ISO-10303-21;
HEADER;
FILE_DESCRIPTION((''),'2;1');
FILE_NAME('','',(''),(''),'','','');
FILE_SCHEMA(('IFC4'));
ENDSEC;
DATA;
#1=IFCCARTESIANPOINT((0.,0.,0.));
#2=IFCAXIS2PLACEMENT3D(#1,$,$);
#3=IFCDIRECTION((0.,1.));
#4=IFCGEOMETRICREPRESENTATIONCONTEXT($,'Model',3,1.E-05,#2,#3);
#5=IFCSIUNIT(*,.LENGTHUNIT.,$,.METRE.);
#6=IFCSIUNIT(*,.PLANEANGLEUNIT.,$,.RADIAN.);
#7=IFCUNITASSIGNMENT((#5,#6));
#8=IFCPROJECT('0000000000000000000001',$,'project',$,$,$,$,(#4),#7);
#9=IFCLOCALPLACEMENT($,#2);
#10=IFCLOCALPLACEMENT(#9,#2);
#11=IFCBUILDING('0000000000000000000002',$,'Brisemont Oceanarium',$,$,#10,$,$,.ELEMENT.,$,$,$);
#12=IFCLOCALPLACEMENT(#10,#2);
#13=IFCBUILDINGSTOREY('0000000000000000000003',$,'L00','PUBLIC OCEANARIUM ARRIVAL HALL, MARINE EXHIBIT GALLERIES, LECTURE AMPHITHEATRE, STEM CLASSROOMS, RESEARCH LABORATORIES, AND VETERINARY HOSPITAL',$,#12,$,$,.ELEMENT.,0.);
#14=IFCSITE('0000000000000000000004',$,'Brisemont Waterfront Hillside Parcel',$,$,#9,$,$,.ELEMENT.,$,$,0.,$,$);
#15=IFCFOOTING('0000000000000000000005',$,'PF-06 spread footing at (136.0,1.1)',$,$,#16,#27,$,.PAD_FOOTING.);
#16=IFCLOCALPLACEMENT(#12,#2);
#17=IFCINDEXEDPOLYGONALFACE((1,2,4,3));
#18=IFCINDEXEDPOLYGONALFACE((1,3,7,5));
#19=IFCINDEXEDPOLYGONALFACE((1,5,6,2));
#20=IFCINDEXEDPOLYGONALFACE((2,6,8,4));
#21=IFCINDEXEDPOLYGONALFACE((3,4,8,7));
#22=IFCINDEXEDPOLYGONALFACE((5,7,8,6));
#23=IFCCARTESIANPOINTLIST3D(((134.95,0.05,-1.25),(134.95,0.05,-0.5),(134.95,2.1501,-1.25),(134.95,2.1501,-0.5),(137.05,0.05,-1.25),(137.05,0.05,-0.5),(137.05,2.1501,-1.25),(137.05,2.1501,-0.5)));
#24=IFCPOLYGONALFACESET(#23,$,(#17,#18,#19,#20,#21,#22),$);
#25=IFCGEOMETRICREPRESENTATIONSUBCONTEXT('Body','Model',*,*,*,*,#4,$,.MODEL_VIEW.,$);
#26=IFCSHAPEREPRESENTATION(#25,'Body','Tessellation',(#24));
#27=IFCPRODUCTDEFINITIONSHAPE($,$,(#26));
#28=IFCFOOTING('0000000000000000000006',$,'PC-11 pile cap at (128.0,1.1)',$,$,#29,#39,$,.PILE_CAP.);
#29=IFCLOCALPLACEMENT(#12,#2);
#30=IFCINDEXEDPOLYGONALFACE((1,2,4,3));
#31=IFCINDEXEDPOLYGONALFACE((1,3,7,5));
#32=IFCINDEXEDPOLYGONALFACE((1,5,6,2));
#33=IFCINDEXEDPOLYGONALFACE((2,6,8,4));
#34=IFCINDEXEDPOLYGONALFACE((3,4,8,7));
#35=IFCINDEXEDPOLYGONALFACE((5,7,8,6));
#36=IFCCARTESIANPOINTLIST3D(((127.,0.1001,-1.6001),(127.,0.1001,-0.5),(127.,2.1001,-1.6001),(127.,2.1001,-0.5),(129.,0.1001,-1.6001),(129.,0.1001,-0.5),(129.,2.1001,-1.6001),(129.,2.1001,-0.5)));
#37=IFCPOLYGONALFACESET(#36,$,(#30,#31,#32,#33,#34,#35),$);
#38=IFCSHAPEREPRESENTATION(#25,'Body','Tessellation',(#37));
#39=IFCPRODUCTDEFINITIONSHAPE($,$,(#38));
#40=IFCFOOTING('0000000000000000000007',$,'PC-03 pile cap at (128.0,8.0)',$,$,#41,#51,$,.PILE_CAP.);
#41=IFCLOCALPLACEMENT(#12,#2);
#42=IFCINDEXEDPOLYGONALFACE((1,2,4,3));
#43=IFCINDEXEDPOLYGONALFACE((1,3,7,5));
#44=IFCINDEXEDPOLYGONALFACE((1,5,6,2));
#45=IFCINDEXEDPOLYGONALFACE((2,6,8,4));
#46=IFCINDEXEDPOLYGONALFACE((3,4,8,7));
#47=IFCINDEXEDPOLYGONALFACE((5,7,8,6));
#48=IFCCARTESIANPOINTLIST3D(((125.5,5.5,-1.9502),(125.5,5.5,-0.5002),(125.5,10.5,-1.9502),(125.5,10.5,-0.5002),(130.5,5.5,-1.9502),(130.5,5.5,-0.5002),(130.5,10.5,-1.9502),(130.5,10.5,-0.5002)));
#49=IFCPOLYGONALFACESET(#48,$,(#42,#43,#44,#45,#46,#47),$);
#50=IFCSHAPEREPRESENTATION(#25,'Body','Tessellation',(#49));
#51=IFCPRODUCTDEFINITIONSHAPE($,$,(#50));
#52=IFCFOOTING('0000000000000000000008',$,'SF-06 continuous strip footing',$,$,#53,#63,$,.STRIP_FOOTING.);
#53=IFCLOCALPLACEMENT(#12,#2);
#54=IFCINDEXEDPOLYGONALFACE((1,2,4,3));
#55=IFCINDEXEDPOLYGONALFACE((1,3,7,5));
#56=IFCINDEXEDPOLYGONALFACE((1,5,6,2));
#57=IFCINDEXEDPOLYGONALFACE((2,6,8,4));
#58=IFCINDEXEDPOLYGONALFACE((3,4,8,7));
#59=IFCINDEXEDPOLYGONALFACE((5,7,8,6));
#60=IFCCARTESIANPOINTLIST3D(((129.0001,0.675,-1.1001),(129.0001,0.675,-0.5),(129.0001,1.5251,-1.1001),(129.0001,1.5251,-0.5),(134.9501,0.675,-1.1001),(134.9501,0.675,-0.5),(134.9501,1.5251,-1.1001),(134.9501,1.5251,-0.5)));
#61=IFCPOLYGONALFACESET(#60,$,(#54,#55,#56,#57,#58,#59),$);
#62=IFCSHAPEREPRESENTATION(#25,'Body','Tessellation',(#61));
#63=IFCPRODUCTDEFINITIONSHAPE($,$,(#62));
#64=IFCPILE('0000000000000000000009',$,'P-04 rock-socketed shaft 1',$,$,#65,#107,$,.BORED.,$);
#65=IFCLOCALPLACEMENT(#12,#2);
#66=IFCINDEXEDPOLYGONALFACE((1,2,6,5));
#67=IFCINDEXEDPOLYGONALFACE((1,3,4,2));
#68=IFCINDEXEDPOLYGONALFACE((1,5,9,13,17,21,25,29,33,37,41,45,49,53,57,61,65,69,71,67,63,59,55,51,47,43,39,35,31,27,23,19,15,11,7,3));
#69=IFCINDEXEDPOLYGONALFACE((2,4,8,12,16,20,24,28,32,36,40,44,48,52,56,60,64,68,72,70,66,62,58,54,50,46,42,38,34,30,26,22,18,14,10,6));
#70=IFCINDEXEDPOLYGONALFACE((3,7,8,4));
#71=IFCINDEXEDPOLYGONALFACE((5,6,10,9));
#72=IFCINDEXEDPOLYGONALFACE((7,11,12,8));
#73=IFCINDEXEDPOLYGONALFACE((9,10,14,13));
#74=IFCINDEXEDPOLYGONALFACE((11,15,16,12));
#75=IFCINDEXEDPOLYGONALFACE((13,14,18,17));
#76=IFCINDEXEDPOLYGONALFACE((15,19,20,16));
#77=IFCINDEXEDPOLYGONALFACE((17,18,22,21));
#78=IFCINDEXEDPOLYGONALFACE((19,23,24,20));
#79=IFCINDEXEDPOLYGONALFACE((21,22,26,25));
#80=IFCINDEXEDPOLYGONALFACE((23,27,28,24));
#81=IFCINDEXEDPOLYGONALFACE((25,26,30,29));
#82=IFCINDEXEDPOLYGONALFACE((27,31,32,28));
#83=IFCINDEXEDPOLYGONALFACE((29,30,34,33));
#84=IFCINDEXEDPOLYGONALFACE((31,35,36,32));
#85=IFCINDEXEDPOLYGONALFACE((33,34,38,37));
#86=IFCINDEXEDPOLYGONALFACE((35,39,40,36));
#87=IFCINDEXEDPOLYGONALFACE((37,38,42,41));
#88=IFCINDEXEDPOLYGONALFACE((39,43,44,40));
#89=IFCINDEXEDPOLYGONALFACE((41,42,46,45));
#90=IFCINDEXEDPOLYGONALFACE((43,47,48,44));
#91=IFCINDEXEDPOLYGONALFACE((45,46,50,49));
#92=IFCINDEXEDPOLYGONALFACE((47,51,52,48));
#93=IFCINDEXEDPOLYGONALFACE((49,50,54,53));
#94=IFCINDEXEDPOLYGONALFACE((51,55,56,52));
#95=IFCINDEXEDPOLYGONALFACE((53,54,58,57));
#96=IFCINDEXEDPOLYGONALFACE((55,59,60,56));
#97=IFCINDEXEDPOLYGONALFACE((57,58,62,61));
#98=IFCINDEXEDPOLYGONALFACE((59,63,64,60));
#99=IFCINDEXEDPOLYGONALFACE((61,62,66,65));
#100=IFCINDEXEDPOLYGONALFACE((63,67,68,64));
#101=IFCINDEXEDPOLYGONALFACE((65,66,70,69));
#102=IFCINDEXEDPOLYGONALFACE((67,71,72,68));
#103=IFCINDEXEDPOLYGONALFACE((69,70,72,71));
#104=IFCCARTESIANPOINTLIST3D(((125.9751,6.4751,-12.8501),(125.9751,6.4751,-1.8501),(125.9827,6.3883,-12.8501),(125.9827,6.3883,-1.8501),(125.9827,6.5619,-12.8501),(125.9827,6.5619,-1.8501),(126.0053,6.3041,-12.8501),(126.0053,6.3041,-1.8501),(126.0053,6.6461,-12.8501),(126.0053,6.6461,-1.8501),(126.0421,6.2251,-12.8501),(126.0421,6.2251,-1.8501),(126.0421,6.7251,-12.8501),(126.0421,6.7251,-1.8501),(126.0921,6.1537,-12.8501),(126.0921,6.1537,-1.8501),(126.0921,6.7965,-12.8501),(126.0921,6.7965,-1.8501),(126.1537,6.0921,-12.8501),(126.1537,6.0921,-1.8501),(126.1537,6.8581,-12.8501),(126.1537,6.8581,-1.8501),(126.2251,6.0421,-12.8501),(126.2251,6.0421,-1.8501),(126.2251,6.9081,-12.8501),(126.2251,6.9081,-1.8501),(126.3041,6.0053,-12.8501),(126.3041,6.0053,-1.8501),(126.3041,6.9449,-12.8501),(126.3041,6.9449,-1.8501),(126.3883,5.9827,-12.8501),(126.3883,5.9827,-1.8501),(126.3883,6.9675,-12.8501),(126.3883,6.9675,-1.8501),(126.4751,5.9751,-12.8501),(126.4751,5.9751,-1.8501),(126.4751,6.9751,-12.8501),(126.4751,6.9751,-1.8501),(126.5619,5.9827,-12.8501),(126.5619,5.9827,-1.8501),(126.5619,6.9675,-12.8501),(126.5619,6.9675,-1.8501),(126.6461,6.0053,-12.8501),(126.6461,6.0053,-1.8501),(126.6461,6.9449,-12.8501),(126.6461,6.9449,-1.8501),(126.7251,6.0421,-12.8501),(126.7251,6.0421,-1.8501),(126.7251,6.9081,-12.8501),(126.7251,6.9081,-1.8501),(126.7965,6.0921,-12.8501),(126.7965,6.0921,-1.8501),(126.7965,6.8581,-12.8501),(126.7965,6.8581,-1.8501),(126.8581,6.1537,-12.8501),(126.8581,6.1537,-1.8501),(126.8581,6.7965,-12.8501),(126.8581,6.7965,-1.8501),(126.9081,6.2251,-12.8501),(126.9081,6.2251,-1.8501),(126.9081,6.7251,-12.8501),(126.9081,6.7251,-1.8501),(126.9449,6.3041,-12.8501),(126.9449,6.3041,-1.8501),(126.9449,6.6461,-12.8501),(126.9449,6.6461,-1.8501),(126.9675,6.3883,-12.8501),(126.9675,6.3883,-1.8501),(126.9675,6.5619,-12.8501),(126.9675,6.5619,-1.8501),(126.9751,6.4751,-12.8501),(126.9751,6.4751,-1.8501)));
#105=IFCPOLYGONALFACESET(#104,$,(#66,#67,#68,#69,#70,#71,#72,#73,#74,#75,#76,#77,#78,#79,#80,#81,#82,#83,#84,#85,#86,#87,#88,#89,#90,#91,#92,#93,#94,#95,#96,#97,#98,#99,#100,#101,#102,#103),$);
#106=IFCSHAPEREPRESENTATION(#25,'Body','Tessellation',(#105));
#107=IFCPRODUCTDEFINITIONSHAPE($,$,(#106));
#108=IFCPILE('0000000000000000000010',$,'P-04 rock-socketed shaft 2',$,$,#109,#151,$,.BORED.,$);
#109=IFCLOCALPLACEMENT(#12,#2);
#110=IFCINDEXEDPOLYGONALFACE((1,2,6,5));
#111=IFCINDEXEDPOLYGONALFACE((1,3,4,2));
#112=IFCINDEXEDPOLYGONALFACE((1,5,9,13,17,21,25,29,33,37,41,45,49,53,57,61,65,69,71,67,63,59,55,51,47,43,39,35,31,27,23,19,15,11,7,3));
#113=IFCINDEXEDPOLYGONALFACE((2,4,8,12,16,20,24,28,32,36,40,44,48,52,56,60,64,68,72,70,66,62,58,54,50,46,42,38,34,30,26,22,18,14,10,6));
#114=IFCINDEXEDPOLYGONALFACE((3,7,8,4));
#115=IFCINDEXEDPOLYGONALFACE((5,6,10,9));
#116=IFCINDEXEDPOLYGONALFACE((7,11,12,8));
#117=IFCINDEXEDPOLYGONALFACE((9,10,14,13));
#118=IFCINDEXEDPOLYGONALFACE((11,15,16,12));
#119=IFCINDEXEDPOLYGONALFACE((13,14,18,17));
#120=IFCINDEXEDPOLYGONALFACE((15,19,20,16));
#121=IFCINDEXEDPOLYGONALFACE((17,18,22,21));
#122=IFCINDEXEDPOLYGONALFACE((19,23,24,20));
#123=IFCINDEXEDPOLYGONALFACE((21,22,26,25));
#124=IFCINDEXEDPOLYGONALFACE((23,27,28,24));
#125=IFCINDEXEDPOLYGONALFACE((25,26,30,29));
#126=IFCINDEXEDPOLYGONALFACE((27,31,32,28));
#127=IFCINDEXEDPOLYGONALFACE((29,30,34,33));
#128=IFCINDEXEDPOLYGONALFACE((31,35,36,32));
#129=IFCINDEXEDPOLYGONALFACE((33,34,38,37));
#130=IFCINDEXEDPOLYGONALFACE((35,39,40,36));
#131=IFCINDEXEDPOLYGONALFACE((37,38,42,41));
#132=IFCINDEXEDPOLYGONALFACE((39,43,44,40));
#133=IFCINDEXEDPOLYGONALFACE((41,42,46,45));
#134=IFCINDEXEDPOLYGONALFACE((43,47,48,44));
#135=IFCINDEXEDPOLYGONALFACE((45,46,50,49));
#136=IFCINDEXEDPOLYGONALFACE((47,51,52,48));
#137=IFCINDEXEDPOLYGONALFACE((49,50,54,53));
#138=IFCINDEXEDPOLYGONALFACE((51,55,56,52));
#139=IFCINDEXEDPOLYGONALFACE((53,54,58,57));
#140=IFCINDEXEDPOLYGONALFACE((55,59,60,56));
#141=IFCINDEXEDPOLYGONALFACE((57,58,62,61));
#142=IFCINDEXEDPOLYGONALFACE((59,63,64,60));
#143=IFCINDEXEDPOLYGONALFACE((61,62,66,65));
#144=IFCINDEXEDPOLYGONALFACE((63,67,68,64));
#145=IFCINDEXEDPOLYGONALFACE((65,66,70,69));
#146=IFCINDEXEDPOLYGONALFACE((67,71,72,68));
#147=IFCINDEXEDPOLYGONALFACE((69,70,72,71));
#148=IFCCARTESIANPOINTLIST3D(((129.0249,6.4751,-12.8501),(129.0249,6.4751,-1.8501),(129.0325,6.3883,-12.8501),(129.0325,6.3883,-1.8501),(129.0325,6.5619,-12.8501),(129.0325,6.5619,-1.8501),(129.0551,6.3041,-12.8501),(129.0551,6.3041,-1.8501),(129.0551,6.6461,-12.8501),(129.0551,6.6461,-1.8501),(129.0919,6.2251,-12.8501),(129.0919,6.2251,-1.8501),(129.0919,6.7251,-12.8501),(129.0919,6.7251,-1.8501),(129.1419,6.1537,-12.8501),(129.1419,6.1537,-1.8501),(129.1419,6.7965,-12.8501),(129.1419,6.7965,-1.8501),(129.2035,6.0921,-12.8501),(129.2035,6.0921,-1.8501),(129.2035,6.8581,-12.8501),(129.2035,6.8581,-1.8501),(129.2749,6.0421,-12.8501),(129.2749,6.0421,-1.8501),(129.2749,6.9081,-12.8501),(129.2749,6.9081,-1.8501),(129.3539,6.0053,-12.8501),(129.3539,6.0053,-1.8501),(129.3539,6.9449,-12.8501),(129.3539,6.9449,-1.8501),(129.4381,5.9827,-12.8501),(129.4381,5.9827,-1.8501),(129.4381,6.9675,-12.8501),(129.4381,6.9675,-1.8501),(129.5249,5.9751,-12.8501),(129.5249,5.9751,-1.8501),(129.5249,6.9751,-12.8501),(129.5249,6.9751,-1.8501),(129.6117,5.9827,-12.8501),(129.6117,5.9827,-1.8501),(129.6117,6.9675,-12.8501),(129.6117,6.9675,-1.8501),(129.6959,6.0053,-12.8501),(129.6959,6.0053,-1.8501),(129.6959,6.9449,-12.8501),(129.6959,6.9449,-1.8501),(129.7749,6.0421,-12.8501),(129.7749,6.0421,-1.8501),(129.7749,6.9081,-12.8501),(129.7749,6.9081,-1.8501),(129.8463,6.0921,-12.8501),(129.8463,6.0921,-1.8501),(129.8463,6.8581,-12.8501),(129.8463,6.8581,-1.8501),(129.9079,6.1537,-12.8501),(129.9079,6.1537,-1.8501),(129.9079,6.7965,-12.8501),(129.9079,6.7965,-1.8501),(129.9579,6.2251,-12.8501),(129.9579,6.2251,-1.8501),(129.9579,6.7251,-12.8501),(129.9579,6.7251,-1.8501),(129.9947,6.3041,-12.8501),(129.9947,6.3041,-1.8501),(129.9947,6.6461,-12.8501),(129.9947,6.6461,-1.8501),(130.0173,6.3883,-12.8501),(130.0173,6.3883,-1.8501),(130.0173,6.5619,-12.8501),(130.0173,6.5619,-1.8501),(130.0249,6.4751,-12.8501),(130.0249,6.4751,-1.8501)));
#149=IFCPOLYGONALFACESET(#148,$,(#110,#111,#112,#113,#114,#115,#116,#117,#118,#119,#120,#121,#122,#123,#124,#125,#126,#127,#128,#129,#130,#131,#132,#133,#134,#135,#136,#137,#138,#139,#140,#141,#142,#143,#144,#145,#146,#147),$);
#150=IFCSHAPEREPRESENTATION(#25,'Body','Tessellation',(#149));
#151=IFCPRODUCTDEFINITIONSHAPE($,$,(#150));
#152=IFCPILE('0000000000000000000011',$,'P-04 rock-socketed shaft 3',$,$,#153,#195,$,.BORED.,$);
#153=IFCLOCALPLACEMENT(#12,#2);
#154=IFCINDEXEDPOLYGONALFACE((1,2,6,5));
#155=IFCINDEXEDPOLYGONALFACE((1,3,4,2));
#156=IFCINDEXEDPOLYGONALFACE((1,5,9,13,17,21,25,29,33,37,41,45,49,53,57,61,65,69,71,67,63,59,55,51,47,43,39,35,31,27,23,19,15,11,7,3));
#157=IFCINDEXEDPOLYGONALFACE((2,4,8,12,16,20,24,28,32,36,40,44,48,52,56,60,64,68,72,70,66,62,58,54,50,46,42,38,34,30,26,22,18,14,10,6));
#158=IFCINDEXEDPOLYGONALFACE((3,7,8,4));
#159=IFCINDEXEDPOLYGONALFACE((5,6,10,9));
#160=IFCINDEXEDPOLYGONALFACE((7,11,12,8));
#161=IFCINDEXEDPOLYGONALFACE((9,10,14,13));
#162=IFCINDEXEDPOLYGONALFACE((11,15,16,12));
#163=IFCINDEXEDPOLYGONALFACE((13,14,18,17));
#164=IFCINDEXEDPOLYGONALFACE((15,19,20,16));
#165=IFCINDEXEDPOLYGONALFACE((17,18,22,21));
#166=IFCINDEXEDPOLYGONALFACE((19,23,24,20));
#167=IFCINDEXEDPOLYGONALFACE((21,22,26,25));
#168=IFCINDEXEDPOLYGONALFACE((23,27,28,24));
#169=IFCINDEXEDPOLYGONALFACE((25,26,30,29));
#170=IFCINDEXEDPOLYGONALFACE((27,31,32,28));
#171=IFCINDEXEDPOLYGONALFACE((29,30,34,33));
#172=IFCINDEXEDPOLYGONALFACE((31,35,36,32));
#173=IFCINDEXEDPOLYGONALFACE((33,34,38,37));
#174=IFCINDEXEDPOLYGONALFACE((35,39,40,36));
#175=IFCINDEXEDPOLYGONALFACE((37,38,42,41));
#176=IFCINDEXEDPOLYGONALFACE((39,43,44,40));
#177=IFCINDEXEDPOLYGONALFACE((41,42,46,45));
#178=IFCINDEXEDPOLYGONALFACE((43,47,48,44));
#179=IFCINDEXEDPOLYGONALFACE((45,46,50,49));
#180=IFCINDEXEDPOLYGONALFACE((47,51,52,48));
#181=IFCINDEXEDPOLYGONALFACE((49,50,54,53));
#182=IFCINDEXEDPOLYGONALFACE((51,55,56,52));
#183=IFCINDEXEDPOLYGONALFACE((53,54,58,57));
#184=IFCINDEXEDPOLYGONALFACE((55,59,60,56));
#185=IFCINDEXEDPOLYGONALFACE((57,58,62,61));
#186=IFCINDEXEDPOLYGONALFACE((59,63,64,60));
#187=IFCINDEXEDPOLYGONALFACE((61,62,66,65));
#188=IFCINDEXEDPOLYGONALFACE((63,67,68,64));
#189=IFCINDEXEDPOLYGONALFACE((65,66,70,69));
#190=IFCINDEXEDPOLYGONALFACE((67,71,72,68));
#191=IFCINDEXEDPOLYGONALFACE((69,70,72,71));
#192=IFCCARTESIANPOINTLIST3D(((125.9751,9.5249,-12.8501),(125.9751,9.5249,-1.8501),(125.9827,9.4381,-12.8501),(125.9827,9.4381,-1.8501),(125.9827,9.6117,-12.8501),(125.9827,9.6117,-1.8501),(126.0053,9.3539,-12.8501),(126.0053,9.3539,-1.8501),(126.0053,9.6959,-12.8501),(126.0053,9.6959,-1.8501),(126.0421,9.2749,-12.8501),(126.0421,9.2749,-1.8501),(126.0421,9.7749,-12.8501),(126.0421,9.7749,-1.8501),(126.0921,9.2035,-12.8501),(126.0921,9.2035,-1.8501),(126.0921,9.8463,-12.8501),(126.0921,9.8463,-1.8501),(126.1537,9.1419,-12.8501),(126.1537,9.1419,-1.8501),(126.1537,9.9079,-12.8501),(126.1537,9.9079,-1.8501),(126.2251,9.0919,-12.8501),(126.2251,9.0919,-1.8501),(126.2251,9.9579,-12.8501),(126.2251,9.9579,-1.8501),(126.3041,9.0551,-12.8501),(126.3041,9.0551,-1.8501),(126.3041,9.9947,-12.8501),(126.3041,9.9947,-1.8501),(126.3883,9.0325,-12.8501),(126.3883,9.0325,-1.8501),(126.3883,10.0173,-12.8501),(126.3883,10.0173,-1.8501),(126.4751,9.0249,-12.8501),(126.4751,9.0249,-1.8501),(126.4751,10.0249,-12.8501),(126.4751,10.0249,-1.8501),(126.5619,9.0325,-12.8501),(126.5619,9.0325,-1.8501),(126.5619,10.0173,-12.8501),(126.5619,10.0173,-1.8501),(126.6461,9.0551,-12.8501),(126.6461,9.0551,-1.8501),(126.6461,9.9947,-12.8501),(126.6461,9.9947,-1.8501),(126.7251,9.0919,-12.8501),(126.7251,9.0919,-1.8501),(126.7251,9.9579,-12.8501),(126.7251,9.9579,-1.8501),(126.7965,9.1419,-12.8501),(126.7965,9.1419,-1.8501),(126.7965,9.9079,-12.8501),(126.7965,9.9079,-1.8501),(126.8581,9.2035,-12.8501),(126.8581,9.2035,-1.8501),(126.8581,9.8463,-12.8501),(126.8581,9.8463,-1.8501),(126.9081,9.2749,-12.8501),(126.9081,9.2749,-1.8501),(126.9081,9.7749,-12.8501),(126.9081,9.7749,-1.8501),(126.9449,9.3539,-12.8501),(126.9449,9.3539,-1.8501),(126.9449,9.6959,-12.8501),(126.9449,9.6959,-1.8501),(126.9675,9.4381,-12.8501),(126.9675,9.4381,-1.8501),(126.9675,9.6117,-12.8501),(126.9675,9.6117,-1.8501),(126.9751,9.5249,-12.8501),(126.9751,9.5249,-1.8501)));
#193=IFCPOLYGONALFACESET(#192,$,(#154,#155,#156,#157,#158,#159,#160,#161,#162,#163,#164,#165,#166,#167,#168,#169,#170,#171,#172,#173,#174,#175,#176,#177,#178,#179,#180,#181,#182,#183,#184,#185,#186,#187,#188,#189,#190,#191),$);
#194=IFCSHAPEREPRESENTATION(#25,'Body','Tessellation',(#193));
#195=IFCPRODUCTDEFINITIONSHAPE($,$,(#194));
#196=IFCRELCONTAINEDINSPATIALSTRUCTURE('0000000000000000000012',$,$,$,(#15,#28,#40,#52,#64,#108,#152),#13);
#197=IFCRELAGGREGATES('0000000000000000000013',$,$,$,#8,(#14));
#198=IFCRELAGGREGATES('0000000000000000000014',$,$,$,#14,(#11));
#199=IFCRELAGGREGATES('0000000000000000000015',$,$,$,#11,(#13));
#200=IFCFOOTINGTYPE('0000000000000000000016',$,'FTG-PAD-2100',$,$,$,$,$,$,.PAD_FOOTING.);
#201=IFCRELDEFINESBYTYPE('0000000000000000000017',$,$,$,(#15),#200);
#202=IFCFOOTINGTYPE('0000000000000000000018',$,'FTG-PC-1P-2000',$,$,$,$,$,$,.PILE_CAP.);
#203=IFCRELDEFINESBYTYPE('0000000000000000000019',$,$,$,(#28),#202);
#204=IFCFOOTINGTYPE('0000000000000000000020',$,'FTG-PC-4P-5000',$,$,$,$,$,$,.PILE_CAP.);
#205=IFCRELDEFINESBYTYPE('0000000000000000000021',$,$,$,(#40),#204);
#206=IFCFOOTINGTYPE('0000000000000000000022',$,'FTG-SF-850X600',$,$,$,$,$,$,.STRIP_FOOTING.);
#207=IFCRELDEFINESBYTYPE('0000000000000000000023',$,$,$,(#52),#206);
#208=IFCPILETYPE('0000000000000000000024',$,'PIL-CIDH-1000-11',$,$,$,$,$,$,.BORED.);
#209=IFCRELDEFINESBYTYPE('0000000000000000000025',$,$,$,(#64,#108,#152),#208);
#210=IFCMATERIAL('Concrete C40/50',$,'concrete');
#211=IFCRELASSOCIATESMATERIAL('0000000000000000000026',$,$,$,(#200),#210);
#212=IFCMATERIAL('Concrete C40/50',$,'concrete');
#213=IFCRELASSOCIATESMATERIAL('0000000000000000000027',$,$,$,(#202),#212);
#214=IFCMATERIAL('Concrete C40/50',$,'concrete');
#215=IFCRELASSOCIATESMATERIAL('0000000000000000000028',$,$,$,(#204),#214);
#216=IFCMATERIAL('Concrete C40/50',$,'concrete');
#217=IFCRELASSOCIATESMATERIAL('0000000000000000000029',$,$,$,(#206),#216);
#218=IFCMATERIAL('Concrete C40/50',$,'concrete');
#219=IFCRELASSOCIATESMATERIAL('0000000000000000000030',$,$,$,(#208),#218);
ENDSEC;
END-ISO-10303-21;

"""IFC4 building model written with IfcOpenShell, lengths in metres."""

from ifc_helpers import new_model, si_unit, direction, frame, origin, origin_2d, place, context, subcontext, project, spatial, rectangle, circle, extrude, material, material_profile, profile_set, type_object, element, save


model = new_model("IFC4")

# Units and contexts
model_context = context("Model", 3, precision=1e-05, world=origin(), true_north=direction((0.0, 1.0)))
body_context = subcontext(model_context, "Body", "Model", "MODEL_VIEW")
ifc_project = project(units=[si_unit("LENGTHUNIT", "METRE"), si_unit("PLANEANGLEUNIT", "RADIAN")], contexts=[model_context])

# Site, building, storey
site_placement = place(None, origin())
site = spatial("IfcSite", under=ifc_project, at=site_placement, Name="Brisemont Waterfront Hillside Parcel", CompositionType="ELEMENT", RefElevation=0.0)
building_placement = place(site_placement, origin())
building = spatial("IfcBuilding", under=site, at=building_placement, Name="Brisemont Oceanarium", CompositionType="ELEMENT")
storey_placement = place(building_placement, origin())
storey = spatial("IfcBuildingStorey", under=building, at=storey_placement, Name="L00", Description="PUBLIC OCEANARIUM ARRIVAL HALL, MARINE EXHIBIT GALLERIES, LECTURE AMPHITHEATRE, STEM CLASSROOMS, RESEARCH LABORATORIES, AND VETERINARY HOSPITAL", CompositionType="ELEMENT", Elevation=0.0)

# Footings
ifc_material_1 = material(Name="Concrete C40/50", Category="concrete")
footing_type_1 = type_object("IfcFootingType", Name="FTG-PAD-2100", PredefinedType="PAD_FOOTING", material=ifc_material_1)
footing_1_placement = place(storey_placement, frame((136.0, 1.1001, -1.25), z_axis=(0.0, 0.0, 1.0), x_axis=(1.0, 0.0, 0.0)))
element("IfcFooting", 1, at=footing_1_placement, inside=storey, type_object=footing_type_1, Name="PF-06 spread footing at (136.0,1.1)", PredefinedType="PAD_FOOTING", context=body_context, shape_type="SweptSolid", body=[
    extrude(rectangle(XDim=2.1001, YDim=2.1001, at=origin_2d()), origin(), (0.0, 0.0, 1.0), 0.75),
])
ifc_material_2 = material(Name="Concrete C40/50", Category="concrete")
footing_type_2 = type_object("IfcFootingType", Name="FTG-PC-1P-2000", PredefinedType="PILE_CAP", material=ifc_material_2)
footing_2_placement = place(storey_placement, frame((128.0, 1.1001, -1.6001), z_axis=(0.0, 0.0, 1.0), x_axis=(1.0, 0.0, 0.0)))
element("IfcFooting", 2, at=footing_2_placement, inside=storey, type_object=footing_type_2, Name="PC-11 pile cap at (128.0,1.1)", PredefinedType="PILE_CAP", context=body_context, shape_type="SweptSolid", body=[
    extrude(rectangle(XDim=2.0, YDim=2.0, at=origin_2d()), origin(), (0.0, 0.0, 1.0), 1.1001),
])
ifc_material_3 = material(Name="Concrete C40/50", Category="concrete")
footing_type_3 = type_object("IfcFootingType", Name="FTG-PC-4P-5000", PredefinedType="PILE_CAP", material=ifc_material_3)
footing_3_placement = place(storey_placement, frame((128.0, 8.0, -1.9502), z_axis=(0.0, 0.0, 1.0), x_axis=(1.0, 0.0, 0.0)))
element("IfcFooting", 3, at=footing_3_placement, inside=storey, type_object=footing_type_3, Name="PC-03 pile cap at (128.0,8.0)", PredefinedType="PILE_CAP", context=body_context, shape_type="SweptSolid", body=[
    extrude(rectangle(XDim=5.0, YDim=5.0, at=origin_2d()), origin(), (0.0, 0.0, 1.0), 1.45),
])
ifc_material_4 = material(Name="Concrete C40/50", Category="concrete")
footing_type_4 = type_object("IfcFootingType", Name="FTG-SF-850X600", PredefinedType="STRIP_FOOTING", material=ifc_material_4)
footing_4_placement = place(storey_placement, frame((131.9751, 1.1001, -1.1001), z_axis=(0.0, 0.0, 1.0), x_axis=(1.0, 0.0, 0.0)))
element("IfcFooting", 4, at=footing_4_placement, inside=storey, type_object=footing_type_4, Name="SF-06 continuous strip footing", PredefinedType="STRIP_FOOTING", context=body_context, shape_type="SweptSolid", body=[
    extrude(rectangle(XDim=5.95, YDim=0.8501, at=origin_2d()), origin(), (0.0, 0.0, 1.0), 0.6001),
])

# Piles
ifc_material_5 = material(Name="Concrete C40/50", Category="concrete")
ifc_material_profile_1 = material_profile(ifc_material_5, circle(Radius=0.5, at=origin_2d()), Name="CIDH-D1000")
ifc_profile_set_1 = profile_set([ifc_material_profile_1], Name="Concrete C40/50")
pile_type_1 = type_object("IfcPileType", Name="PIL-CIDH-1000-11", PredefinedType="BORED", material=ifc_profile_set_1)
for number, where, z_axis, x_axis, name in (
    (5, (126.4751, 6.4751, -1.8501), (0.0, 0.0, -1.0), (1.0, 0.0, 0.0), "P-04 rock-socketed shaft 1"),
    (6, (129.5249, 6.4751, -1.8501), (0.0, 0.0, -1.0), (1.0, 0.0, 0.0), "P-04 rock-socketed shaft 2"),
    (7, (126.4751, 9.5249, -1.8501), (0.0, 0.0, -1.0), (1.0, 0.0, 0.0), "P-04 rock-socketed shaft 3"),
):
    element("IfcPile", number, at=place(storey_placement, frame(where, z_axis=z_axis, x_axis=x_axis)), inside=storey, type_object=pile_type_1, Name=name, PredefinedType="BORED", context=body_context, shape_type="SweptSolid", body=[
        extrude(circle(Radius=0.5, at=origin_2d()), origin(), (0.0, 0.0, 1.0), 11.0),
    ])

save(model, "model.ifc")
